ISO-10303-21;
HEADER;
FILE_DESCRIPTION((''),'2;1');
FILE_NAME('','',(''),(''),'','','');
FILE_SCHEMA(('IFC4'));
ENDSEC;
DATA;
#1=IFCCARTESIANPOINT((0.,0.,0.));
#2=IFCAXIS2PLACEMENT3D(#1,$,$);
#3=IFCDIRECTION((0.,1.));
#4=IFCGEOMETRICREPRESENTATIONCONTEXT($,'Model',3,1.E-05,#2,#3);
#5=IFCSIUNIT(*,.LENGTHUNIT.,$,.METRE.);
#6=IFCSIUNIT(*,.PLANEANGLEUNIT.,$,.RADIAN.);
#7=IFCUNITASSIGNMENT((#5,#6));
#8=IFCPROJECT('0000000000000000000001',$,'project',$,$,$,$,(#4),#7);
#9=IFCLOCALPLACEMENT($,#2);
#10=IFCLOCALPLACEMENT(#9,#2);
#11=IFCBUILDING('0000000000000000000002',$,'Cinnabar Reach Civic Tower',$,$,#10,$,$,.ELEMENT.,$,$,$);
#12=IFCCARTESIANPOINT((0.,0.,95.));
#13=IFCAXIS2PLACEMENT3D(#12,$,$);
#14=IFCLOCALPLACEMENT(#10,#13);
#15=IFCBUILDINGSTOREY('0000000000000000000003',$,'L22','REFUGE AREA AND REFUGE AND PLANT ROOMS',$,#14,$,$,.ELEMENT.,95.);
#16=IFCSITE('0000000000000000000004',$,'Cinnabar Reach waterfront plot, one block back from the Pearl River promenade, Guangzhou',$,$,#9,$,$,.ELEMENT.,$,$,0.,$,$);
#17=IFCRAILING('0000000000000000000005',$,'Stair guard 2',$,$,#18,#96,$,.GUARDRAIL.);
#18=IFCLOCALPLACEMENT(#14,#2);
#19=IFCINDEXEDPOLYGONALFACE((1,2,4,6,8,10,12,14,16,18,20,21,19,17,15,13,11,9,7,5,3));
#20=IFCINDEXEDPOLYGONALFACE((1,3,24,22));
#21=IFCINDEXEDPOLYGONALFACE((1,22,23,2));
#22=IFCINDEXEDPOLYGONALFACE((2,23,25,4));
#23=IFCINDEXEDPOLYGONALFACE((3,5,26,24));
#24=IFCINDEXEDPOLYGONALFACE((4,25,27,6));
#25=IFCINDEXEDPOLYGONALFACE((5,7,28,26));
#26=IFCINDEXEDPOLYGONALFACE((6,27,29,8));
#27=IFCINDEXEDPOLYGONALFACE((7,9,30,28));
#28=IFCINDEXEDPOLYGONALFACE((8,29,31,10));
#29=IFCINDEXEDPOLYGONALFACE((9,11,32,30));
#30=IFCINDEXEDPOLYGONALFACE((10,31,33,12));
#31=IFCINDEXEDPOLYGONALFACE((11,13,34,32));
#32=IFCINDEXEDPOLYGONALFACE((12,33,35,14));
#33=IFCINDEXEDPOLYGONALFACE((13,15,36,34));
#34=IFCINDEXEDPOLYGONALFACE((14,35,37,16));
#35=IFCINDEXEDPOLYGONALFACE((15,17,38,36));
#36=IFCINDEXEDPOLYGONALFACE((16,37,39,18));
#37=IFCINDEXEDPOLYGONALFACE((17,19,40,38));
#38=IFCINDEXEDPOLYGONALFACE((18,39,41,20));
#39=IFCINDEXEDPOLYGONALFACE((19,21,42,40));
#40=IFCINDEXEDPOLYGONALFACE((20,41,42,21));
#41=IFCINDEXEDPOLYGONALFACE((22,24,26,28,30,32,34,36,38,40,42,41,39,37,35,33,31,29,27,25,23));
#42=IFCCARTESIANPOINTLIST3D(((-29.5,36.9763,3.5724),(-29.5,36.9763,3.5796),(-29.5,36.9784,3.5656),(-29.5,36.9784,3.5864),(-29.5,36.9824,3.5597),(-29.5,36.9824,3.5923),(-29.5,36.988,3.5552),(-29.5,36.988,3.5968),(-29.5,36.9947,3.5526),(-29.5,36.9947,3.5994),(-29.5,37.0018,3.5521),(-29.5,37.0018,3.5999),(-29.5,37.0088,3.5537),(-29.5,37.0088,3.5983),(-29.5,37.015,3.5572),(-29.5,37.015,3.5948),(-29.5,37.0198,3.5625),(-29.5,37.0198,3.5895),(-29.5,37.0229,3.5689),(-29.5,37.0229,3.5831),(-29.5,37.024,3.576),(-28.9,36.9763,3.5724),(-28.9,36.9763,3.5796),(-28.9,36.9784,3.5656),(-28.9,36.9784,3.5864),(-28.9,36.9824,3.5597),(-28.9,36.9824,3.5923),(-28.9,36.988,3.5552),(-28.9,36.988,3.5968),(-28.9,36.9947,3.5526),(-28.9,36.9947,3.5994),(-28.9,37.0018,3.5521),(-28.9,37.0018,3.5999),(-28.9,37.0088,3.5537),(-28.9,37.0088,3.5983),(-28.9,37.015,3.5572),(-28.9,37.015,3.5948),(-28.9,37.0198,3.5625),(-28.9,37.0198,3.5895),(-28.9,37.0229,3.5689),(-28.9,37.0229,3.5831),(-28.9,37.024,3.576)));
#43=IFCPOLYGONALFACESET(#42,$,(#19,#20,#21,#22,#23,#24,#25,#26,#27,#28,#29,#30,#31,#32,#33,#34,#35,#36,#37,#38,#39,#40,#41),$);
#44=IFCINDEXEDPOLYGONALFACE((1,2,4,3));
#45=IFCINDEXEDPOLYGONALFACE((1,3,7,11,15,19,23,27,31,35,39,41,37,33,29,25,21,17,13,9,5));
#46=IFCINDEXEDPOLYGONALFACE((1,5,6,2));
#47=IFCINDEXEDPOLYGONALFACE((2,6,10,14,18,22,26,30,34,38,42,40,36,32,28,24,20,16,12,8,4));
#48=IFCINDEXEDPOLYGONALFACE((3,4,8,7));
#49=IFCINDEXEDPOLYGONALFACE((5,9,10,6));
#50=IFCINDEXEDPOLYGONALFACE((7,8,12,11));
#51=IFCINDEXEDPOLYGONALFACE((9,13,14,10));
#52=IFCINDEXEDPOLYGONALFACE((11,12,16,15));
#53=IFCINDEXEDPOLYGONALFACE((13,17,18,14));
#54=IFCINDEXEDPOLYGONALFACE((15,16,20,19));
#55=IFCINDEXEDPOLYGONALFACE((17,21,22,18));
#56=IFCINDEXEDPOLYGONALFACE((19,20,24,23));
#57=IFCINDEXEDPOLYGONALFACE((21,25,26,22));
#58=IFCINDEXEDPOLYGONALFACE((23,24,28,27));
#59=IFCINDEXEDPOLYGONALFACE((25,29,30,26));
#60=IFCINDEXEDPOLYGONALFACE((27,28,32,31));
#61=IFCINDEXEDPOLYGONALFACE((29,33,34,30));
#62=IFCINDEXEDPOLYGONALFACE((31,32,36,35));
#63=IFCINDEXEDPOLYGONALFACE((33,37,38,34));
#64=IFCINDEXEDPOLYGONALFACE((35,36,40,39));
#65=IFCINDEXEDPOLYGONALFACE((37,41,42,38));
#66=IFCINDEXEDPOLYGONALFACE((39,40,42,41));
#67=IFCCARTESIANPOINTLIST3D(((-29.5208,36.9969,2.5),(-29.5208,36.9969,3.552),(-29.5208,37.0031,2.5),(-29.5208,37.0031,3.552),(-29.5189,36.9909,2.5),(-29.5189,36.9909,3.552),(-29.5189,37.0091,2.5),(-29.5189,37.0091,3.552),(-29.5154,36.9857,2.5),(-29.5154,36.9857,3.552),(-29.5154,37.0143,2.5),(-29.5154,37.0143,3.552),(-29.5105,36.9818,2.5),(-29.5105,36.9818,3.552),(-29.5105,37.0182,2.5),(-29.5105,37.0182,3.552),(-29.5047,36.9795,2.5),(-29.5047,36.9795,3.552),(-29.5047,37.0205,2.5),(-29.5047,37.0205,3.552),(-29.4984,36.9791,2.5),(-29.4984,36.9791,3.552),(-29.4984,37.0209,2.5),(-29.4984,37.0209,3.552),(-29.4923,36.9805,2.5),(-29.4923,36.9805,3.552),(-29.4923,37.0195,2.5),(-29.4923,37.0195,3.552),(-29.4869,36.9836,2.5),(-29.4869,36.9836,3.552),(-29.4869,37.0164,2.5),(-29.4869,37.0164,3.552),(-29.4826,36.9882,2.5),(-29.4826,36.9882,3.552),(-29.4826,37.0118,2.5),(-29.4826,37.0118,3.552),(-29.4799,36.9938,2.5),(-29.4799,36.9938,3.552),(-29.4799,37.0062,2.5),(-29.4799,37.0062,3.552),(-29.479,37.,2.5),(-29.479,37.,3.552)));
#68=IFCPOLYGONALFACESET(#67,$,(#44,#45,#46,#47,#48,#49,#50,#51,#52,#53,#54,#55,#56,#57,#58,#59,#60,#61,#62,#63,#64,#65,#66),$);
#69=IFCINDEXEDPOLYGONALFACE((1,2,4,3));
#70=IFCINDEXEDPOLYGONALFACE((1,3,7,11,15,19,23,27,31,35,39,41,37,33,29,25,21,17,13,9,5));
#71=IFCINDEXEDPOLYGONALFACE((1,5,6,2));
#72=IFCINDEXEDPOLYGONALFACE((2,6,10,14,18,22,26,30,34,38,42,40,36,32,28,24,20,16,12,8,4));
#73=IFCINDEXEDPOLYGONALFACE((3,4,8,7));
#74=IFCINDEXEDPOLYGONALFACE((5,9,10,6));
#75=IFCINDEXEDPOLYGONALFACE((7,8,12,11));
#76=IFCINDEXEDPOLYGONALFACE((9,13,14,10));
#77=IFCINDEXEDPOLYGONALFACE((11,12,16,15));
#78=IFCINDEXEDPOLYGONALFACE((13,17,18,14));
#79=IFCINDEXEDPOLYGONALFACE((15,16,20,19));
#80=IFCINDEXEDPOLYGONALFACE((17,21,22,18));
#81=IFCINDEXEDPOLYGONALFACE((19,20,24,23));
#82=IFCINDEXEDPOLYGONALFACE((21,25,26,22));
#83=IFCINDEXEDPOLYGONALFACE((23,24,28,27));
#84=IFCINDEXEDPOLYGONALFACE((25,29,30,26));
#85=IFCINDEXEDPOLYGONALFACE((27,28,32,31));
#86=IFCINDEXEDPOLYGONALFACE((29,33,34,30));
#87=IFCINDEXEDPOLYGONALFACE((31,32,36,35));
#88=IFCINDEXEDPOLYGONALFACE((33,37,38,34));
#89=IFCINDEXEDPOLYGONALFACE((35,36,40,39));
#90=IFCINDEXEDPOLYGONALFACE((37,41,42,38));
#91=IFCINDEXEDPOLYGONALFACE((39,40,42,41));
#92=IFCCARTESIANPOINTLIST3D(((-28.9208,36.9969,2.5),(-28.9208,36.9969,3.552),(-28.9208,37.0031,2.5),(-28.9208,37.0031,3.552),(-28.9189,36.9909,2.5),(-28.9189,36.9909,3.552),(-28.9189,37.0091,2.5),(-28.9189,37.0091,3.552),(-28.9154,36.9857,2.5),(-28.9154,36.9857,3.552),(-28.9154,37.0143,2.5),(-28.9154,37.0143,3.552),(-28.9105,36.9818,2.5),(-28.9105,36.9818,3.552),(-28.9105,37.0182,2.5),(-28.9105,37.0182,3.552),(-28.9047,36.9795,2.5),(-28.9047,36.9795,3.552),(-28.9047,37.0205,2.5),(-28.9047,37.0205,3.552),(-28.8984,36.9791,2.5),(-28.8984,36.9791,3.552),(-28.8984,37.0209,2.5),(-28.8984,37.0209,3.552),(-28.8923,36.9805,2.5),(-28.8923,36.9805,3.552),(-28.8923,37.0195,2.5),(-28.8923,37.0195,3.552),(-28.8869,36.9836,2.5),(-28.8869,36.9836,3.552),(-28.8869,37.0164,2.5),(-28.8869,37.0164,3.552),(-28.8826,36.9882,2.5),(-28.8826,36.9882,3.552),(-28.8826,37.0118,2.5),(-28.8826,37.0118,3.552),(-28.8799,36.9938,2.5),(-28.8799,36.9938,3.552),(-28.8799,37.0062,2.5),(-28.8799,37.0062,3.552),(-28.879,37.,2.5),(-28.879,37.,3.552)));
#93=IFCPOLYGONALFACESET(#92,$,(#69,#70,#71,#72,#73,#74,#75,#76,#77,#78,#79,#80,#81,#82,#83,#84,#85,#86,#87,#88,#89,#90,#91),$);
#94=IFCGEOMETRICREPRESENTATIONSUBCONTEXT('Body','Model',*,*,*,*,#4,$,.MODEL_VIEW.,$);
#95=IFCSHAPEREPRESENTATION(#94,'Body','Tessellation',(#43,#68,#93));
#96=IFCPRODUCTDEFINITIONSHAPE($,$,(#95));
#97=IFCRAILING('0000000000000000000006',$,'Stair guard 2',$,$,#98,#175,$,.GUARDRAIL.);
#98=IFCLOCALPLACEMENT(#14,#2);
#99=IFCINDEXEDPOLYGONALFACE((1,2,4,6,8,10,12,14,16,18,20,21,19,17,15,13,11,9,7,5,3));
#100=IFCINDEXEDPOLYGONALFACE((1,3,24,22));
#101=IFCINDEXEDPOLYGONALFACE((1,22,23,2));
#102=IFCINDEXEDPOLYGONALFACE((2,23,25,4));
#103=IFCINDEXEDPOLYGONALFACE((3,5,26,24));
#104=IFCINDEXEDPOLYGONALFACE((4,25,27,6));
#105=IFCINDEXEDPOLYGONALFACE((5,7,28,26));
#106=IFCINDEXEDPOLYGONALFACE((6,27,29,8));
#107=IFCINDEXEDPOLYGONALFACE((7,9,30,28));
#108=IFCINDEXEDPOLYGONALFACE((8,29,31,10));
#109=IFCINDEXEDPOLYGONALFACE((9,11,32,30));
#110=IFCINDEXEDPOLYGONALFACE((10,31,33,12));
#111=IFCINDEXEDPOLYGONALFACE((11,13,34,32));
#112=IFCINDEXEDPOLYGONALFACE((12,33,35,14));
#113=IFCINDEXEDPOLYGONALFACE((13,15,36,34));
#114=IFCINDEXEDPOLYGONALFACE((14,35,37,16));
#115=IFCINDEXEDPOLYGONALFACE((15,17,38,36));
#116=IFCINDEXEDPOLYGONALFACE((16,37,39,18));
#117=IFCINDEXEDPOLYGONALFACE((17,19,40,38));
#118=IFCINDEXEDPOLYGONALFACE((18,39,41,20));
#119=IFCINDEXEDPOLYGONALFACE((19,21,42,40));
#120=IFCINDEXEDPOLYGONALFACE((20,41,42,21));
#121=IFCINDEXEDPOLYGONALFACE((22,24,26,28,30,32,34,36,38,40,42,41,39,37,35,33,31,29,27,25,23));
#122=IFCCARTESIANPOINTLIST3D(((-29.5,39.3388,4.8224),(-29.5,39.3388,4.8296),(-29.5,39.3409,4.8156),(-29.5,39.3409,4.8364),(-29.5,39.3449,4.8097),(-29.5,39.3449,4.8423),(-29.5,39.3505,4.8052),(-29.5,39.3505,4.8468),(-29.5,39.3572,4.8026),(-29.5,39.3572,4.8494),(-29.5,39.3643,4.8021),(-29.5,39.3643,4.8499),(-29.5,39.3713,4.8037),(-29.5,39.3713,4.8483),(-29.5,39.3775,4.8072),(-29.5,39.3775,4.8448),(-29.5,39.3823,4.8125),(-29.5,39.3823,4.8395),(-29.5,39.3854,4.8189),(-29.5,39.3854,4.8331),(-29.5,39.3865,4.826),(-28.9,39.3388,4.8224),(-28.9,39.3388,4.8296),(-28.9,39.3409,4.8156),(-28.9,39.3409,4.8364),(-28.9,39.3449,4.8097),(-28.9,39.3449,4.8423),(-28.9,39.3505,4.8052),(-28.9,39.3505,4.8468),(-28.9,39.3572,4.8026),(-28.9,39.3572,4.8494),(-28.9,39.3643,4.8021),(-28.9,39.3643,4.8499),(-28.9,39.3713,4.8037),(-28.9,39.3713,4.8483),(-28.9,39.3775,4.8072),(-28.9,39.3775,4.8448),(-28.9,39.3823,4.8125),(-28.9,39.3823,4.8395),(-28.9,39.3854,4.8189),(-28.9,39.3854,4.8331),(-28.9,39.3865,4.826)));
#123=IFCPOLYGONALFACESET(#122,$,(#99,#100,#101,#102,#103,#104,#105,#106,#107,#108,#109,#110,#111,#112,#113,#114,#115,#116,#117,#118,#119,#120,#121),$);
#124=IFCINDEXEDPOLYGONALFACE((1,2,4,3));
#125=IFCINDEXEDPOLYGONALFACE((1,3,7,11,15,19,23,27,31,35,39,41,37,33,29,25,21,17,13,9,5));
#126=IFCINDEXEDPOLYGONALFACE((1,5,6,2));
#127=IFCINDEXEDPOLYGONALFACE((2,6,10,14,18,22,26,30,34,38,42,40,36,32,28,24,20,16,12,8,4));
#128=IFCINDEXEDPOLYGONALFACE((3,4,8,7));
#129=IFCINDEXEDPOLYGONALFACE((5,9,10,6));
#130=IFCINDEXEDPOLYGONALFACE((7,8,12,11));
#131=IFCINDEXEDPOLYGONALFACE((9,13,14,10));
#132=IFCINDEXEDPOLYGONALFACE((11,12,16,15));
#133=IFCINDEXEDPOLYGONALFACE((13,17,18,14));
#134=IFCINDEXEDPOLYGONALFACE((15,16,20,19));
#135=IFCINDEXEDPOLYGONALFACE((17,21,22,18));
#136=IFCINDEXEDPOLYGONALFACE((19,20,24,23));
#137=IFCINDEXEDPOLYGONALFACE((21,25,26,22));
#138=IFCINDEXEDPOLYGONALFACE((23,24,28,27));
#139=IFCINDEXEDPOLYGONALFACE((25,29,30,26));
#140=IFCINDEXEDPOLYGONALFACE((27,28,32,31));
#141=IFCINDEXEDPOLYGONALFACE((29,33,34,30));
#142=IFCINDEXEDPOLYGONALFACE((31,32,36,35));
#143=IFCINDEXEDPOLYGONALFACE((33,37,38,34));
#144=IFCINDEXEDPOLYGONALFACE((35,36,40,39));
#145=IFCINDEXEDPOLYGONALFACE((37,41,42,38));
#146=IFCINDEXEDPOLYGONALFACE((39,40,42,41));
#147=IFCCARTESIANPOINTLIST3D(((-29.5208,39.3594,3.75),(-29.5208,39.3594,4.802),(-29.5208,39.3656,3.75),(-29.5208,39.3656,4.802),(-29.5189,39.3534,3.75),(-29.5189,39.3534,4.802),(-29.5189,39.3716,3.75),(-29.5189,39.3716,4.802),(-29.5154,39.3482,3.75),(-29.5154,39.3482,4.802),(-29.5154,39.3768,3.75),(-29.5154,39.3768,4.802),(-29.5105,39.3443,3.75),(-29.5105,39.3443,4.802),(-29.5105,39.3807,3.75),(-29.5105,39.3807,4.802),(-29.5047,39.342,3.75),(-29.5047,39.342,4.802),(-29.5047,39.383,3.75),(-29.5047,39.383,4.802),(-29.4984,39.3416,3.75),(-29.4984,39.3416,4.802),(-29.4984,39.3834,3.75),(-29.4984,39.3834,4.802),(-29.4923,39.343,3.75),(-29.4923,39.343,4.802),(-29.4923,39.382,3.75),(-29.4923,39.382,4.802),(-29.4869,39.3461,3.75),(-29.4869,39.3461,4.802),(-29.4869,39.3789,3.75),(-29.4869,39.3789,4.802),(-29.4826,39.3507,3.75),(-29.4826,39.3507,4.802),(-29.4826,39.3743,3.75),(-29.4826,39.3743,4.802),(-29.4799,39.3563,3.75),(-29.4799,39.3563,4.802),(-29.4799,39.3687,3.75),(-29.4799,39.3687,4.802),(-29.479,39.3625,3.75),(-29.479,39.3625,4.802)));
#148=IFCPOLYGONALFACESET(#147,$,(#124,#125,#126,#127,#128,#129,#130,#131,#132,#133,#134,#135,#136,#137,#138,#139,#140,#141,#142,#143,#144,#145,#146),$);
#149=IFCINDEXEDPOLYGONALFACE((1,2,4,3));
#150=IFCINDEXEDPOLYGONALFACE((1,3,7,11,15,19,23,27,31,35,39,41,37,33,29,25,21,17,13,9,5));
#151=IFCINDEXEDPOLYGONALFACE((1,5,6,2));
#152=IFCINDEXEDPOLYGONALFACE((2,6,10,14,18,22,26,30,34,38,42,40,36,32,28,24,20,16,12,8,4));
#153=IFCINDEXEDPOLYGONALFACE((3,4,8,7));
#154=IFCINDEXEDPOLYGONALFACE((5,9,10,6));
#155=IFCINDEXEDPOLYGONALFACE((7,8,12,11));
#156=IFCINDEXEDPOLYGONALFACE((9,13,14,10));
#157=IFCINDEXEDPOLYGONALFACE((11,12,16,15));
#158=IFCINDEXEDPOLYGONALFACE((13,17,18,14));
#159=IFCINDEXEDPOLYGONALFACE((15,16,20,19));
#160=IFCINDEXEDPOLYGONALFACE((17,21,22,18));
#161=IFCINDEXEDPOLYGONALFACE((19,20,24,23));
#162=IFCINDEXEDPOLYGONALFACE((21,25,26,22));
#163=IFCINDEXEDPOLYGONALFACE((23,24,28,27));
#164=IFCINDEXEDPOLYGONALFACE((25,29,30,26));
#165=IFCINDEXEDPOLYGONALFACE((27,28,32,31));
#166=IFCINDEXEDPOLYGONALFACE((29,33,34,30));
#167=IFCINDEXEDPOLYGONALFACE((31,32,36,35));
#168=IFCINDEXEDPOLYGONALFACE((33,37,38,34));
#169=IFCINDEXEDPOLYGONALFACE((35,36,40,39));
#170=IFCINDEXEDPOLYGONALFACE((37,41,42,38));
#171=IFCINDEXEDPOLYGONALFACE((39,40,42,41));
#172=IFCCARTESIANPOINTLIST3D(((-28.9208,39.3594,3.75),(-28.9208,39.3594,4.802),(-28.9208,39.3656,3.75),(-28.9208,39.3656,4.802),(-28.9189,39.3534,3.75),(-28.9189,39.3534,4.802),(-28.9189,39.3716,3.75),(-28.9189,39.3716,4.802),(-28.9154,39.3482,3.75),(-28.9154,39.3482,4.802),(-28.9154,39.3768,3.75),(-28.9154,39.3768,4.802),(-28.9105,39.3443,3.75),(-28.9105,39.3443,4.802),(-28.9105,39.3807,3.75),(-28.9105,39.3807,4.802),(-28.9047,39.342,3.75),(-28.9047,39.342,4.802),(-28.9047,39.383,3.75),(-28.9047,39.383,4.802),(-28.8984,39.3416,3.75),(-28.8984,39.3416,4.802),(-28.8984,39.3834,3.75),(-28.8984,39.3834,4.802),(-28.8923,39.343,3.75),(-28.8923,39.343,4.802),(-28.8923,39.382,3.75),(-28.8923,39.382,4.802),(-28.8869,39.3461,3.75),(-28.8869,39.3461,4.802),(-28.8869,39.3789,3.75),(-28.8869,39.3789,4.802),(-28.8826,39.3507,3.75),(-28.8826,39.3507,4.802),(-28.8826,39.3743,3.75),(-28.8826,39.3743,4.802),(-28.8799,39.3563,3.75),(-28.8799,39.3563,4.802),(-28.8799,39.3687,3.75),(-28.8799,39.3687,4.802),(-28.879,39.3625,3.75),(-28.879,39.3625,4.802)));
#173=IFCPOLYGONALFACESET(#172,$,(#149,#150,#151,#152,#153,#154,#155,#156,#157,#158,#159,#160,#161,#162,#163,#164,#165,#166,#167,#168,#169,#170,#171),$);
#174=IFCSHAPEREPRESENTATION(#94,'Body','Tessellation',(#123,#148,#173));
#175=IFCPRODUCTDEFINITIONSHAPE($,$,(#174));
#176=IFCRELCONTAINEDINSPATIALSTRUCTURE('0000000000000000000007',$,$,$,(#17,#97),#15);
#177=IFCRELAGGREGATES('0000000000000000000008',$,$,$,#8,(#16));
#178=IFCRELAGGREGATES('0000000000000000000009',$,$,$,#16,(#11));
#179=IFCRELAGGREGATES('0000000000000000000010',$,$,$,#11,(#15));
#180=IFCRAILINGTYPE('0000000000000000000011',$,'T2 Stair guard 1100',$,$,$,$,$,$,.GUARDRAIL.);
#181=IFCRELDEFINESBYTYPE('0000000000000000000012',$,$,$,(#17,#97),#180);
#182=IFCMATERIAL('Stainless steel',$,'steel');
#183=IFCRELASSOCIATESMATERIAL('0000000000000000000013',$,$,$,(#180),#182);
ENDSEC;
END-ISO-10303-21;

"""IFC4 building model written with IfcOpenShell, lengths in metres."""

from ifc_helpers import new_model, si_unit, direction, frame, origin, origin_2d, place, context, subcontext, project, spatial, circle, extrude, material, type_object, element, save


model = new_model("IFC4")

# Units and contexts
model_context = context("Model", 3, precision=1e-05, world=origin(), true_north=direction((0.0, 1.0)))
body_context = subcontext(model_context, "Body", "Model", "MODEL_VIEW")
ifc_project = project(units=[si_unit("LENGTHUNIT", "METRE"), si_unit("PLANEANGLEUNIT", "RADIAN")], contexts=[model_context])

# Site, building, storey
site_placement = place(None, origin())
site = spatial("IfcSite", under=ifc_project, at=site_placement, Name="Cinnabar Reach waterfront plot, one block back from the Pearl River promenade, Guangzhou", CompositionType="ELEMENT", RefElevation=0.0)
building_placement = place(site_placement, origin())
building = spatial("IfcBuilding", under=site, at=building_placement, Name="Cinnabar Reach Civic Tower", CompositionType="ELEMENT")
storey_placement = place(building_placement, frame((0.0, 0.0, 95.0)))
storey = spatial("IfcBuildingStorey", under=building, at=storey_placement, Name="L22", Description="REFUGE AREA AND REFUGE AND PLANT ROOMS", CompositionType="ELEMENT", Elevation=95.0)

# Railings
ifc_material_1 = material(Name="Stainless steel", Category="steel")
railing_type = type_object("IfcRailingType", Name="T2 Stair guard 1100", PredefinedType="GUARDRAIL", material=ifc_material_1)
for number, where, name in (
    (1, (-29.5, 37.0, 2.5), "Stair guard 2"),
    (2, (-29.5, 39.3625, 3.75), "Stair guard 2"),
):
    element("IfcRailing", number, at=place(storey_placement, frame(where)), inside=storey, type_object=railing_type, Name=name, PredefinedType="GUARDRAIL", context=body_context, shape_type="SweptSolid", body=[
        extrude(circle(Radius=0.024, at=origin_2d()), frame((0.0, 0.0, 1.076), z_axis=(1.0, 0.0, 0.0), x_axis=(0.0, 1.0, 0.0)), (0.0, 0.0, 1.0), 0.6),
        extrude(circle(Radius=0.021, at=origin_2d()), origin(), (0.0, 0.0, 1.0), 1.052),
        extrude(circle(Radius=0.021, at=origin_2d()), frame((0.6, 0.0, 0.0)), (0.0, 0.0, 1.0), 1.052),
    ])

save(model, "model.ifc")
